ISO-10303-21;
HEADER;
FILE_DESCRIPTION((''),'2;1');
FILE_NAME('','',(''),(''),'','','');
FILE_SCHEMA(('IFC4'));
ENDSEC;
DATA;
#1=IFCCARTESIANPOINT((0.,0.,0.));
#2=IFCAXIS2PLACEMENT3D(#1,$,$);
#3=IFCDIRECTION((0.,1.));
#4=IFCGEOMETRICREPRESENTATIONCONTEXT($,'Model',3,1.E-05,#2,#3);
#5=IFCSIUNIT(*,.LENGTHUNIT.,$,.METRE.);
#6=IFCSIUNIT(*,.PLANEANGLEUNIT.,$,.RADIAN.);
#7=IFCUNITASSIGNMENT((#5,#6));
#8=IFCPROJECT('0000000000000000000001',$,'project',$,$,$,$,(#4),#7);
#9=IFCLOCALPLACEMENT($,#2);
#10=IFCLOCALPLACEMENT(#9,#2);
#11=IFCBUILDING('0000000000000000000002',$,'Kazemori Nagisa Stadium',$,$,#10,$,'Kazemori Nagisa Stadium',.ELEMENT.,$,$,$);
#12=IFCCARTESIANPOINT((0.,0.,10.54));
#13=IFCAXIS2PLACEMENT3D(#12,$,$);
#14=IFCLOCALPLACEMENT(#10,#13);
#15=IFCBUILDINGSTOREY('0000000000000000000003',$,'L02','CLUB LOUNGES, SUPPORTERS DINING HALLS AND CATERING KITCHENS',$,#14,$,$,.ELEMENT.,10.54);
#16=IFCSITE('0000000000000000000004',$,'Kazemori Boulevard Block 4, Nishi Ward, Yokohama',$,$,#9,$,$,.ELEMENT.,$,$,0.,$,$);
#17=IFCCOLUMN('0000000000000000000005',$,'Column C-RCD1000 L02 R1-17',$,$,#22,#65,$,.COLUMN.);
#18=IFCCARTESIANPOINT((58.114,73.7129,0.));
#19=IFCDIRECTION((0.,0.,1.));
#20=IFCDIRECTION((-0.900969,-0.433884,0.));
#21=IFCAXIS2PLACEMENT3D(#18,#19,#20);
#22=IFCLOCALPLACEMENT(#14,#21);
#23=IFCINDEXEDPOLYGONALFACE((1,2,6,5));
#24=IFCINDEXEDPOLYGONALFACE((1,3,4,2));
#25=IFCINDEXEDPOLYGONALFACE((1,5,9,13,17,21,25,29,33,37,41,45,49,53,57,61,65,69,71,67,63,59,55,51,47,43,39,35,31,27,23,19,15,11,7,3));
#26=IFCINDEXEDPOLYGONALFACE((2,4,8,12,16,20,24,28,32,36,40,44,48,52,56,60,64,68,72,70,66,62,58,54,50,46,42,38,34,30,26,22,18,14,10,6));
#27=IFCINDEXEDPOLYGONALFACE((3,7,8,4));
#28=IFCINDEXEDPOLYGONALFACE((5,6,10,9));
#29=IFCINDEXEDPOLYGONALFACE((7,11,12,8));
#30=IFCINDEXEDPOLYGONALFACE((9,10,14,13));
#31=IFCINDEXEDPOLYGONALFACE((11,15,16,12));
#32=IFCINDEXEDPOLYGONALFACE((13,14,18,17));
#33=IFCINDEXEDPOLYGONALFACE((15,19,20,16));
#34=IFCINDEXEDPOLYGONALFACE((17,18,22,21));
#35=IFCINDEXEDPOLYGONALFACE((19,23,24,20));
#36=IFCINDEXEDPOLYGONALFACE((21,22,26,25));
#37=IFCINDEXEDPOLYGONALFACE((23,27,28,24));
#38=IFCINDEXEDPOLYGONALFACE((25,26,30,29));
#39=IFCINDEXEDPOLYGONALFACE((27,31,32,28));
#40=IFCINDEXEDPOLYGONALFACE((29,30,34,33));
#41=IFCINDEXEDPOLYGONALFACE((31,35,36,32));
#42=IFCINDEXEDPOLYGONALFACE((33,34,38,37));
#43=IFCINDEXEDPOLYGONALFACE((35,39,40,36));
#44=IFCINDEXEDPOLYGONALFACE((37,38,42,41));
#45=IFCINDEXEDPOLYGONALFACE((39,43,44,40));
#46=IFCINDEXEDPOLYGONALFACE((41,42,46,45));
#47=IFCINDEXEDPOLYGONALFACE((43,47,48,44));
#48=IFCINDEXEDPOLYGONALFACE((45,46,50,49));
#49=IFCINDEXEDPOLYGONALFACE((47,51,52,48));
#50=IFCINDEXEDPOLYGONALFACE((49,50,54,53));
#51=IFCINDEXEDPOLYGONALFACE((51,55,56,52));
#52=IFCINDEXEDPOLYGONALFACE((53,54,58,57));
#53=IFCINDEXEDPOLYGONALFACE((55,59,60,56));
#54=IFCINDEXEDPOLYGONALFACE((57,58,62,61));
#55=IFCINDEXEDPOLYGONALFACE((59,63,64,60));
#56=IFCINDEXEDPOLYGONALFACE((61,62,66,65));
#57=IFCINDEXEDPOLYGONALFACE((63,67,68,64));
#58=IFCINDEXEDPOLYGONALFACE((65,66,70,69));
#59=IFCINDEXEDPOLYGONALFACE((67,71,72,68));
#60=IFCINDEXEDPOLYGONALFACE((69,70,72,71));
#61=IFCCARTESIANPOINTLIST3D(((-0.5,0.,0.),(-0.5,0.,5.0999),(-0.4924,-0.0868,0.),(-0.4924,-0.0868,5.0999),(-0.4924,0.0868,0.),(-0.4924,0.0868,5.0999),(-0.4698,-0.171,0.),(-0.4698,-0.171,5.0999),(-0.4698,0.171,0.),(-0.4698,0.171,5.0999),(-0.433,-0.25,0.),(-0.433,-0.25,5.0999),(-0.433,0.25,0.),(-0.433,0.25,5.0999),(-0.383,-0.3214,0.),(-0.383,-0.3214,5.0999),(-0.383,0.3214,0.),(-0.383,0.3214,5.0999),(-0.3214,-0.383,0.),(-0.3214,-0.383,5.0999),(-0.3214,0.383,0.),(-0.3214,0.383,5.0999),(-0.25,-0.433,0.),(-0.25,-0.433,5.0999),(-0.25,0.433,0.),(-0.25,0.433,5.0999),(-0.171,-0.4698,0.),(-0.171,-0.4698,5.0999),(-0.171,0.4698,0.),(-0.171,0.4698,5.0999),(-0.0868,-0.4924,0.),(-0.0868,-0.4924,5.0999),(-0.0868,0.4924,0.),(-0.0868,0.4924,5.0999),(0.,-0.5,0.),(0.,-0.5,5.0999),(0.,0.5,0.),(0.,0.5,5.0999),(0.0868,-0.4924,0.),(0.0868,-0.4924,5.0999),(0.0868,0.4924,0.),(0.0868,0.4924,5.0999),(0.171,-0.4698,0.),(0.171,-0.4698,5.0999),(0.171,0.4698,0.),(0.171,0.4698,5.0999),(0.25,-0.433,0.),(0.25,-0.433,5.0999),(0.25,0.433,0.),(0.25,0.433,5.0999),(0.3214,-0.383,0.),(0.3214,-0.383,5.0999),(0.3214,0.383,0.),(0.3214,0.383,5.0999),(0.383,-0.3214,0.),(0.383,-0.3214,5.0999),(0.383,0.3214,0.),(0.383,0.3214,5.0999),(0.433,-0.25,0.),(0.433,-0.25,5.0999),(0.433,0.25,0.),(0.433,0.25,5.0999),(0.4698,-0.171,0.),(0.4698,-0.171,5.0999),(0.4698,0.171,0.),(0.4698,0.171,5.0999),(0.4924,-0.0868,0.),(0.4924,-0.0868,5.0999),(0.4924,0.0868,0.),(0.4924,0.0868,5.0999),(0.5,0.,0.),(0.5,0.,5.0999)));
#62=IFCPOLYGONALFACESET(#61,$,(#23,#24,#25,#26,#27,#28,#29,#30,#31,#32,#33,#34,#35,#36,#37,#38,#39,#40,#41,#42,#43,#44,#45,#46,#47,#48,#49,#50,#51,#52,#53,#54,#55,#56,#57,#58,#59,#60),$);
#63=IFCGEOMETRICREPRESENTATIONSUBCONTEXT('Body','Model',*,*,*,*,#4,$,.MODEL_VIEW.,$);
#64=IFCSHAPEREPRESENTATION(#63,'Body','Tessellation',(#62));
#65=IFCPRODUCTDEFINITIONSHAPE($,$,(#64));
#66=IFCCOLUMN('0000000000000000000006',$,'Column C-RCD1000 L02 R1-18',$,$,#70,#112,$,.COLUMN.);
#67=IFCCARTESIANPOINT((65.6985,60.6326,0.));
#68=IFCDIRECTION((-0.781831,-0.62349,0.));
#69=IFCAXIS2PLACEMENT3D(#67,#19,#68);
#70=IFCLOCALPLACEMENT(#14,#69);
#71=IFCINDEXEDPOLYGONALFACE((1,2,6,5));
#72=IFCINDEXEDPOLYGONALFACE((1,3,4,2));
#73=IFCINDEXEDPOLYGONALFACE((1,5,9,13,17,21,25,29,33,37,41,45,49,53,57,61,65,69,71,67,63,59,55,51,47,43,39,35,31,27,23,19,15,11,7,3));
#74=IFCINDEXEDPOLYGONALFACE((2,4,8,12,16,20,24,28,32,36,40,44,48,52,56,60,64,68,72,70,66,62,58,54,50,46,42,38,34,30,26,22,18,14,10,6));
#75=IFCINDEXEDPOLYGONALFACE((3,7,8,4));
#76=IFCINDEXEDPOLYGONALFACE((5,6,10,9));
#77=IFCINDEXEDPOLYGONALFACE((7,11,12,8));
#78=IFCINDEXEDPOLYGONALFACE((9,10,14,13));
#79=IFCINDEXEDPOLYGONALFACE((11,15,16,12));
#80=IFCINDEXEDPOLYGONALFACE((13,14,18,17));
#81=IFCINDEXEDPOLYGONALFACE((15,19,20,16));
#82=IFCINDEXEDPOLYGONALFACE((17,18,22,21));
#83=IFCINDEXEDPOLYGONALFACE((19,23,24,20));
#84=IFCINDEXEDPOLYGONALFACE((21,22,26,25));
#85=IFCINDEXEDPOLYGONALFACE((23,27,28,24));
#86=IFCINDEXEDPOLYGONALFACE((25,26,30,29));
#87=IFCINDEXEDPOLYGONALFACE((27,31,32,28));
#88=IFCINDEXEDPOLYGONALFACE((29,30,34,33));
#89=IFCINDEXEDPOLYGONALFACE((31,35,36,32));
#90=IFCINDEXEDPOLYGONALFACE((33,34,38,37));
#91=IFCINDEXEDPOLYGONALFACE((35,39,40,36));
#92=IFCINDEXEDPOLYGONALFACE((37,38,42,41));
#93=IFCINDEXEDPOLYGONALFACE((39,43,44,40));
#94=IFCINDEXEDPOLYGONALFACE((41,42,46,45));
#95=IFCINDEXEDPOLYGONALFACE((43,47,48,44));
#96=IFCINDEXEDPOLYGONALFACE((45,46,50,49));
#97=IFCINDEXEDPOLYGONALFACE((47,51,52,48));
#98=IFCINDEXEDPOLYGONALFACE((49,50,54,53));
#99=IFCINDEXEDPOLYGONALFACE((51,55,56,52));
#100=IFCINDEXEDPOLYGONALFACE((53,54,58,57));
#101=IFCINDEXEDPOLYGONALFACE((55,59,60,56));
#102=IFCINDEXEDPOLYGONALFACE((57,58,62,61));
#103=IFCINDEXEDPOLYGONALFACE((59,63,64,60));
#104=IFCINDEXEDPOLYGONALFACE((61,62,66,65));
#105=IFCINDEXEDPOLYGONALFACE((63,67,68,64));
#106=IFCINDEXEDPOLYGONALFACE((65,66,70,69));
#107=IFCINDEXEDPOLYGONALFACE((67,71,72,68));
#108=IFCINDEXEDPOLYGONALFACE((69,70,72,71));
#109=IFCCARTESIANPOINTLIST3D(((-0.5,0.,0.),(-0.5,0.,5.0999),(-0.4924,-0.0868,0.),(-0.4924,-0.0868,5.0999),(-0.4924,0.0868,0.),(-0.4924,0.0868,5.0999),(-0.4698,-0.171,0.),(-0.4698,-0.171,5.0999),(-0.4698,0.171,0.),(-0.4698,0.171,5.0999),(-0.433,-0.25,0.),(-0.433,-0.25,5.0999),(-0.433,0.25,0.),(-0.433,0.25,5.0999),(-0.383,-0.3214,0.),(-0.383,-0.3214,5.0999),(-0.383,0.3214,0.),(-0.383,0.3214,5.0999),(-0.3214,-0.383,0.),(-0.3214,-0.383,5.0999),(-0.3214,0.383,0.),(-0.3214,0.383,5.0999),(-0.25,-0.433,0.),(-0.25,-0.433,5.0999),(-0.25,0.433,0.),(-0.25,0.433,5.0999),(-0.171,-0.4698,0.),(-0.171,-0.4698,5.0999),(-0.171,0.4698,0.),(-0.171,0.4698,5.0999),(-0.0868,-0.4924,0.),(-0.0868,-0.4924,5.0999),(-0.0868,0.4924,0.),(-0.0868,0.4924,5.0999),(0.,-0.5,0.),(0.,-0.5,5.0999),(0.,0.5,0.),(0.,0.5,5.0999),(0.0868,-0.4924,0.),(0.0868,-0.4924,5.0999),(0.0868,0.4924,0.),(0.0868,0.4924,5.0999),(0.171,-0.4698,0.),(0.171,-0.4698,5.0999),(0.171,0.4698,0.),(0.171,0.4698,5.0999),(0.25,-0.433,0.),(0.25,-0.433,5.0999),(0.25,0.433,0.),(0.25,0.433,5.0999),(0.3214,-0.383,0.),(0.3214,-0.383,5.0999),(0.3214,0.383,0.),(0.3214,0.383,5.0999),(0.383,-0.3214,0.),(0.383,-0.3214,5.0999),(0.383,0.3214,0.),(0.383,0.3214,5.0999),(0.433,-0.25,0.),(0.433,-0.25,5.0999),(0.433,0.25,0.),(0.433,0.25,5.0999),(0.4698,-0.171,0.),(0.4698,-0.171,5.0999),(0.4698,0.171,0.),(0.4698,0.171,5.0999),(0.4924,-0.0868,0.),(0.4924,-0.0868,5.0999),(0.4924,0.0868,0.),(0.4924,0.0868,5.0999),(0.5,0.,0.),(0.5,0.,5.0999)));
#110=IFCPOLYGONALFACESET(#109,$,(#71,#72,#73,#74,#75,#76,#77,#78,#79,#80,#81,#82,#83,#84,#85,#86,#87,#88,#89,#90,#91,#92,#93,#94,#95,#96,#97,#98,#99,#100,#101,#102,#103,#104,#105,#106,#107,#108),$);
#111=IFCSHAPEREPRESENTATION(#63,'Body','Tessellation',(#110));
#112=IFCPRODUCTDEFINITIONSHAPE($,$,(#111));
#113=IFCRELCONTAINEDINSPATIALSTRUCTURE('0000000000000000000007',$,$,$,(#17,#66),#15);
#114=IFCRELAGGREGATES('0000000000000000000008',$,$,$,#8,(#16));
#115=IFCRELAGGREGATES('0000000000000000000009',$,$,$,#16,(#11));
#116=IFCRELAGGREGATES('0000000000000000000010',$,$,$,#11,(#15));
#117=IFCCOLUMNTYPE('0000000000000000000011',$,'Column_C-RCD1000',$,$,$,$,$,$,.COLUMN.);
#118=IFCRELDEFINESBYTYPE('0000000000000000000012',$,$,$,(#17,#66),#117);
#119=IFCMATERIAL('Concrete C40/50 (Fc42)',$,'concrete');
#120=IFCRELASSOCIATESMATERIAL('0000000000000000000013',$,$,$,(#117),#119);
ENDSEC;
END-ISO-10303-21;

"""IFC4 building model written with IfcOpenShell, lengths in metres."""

from ifc_helpers import new_model, si_unit, direction, frame, origin, origin_2d, place, context, subcontext, project, spatial, circle, extrude, material, material_profile, profile_set, type_object, element, save


model = new_model("IFC4")

# Units and contexts
model_context = context("Model", 3, precision=1e-05, world=origin(), true_north=direction((0.0, 1.0)))
body_context = subcontext(model_context, "Body", "Model", "MODEL_VIEW")
ifc_project = project(units=[si_unit("LENGTHUNIT", "METRE"), si_unit("PLANEANGLEUNIT", "RADIAN")], contexts=[model_context])

# Site, building, storey
site_placement = place(None, origin())
site = spatial("IfcSite", under=ifc_project, at=site_placement, Name="Kazemori Boulevard Block 4, Nishi Ward, Yokohama", CompositionType="ELEMENT", RefElevation=0.0)
building_placement = place(site_placement, origin())
building = spatial("IfcBuilding", under=site, at=building_placement, Name="Kazemori Nagisa Stadium", LongName="Kazemori Nagisa Stadium", CompositionType="ELEMENT")
storey_placement = place(building_placement, frame((0.0, 0.0, 10.54)))
storey = spatial("IfcBuildingStorey", under=building, at=storey_placement, Name="L02", Description="CLUB LOUNGES, SUPPORTERS DINING HALLS AND CATERING KITCHENS", CompositionType="ELEMENT", Elevation=10.54)

# Columns
ifc_material_1 = material(Name="Concrete C40/50 (Fc42)", Category="concrete")
ifc_material_profile_1 = material_profile(ifc_material_1, circle(Radius=0.5, at=origin_2d()), Name="RC-COL-D1000")
ifc_profile_set_1 = profile_set([ifc_material_profile_1], Name="Concrete C40/50 (Fc42)")
column_type = type_object("IfcColumnType", Name="Column_C-RCD1000", PredefinedType="COLUMN", material=ifc_profile_set_1)
for number, where, z_axis, x_axis, name in (
    (1, (58.114, 73.7129, 0.0), (0.0, 0.0, 1.0), (-0.900969, -0.433884, 0.0), "Column C-RCD1000 L02 R1-17"),
    (2, (65.6985, 60.6326, 0.0), (0.0, 0.0, 1.0), (-0.781831, -0.62349, 0.0), "Column C-RCD1000 L02 R1-18"),
):
    element("IfcColumn", number, at=place(storey_placement, frame(where, z_axis=z_axis, x_axis=x_axis)), inside=storey, type_object=column_type, Name=name, PredefinedType="COLUMN", context=body_context, shape_type="SweptSolid", body=[
        extrude(circle(Radius=0.5, at=origin_2d()), origin(), (0.0, 0.0, 1.0), 5.0999),
    ])

save(model, "model.ifc")
